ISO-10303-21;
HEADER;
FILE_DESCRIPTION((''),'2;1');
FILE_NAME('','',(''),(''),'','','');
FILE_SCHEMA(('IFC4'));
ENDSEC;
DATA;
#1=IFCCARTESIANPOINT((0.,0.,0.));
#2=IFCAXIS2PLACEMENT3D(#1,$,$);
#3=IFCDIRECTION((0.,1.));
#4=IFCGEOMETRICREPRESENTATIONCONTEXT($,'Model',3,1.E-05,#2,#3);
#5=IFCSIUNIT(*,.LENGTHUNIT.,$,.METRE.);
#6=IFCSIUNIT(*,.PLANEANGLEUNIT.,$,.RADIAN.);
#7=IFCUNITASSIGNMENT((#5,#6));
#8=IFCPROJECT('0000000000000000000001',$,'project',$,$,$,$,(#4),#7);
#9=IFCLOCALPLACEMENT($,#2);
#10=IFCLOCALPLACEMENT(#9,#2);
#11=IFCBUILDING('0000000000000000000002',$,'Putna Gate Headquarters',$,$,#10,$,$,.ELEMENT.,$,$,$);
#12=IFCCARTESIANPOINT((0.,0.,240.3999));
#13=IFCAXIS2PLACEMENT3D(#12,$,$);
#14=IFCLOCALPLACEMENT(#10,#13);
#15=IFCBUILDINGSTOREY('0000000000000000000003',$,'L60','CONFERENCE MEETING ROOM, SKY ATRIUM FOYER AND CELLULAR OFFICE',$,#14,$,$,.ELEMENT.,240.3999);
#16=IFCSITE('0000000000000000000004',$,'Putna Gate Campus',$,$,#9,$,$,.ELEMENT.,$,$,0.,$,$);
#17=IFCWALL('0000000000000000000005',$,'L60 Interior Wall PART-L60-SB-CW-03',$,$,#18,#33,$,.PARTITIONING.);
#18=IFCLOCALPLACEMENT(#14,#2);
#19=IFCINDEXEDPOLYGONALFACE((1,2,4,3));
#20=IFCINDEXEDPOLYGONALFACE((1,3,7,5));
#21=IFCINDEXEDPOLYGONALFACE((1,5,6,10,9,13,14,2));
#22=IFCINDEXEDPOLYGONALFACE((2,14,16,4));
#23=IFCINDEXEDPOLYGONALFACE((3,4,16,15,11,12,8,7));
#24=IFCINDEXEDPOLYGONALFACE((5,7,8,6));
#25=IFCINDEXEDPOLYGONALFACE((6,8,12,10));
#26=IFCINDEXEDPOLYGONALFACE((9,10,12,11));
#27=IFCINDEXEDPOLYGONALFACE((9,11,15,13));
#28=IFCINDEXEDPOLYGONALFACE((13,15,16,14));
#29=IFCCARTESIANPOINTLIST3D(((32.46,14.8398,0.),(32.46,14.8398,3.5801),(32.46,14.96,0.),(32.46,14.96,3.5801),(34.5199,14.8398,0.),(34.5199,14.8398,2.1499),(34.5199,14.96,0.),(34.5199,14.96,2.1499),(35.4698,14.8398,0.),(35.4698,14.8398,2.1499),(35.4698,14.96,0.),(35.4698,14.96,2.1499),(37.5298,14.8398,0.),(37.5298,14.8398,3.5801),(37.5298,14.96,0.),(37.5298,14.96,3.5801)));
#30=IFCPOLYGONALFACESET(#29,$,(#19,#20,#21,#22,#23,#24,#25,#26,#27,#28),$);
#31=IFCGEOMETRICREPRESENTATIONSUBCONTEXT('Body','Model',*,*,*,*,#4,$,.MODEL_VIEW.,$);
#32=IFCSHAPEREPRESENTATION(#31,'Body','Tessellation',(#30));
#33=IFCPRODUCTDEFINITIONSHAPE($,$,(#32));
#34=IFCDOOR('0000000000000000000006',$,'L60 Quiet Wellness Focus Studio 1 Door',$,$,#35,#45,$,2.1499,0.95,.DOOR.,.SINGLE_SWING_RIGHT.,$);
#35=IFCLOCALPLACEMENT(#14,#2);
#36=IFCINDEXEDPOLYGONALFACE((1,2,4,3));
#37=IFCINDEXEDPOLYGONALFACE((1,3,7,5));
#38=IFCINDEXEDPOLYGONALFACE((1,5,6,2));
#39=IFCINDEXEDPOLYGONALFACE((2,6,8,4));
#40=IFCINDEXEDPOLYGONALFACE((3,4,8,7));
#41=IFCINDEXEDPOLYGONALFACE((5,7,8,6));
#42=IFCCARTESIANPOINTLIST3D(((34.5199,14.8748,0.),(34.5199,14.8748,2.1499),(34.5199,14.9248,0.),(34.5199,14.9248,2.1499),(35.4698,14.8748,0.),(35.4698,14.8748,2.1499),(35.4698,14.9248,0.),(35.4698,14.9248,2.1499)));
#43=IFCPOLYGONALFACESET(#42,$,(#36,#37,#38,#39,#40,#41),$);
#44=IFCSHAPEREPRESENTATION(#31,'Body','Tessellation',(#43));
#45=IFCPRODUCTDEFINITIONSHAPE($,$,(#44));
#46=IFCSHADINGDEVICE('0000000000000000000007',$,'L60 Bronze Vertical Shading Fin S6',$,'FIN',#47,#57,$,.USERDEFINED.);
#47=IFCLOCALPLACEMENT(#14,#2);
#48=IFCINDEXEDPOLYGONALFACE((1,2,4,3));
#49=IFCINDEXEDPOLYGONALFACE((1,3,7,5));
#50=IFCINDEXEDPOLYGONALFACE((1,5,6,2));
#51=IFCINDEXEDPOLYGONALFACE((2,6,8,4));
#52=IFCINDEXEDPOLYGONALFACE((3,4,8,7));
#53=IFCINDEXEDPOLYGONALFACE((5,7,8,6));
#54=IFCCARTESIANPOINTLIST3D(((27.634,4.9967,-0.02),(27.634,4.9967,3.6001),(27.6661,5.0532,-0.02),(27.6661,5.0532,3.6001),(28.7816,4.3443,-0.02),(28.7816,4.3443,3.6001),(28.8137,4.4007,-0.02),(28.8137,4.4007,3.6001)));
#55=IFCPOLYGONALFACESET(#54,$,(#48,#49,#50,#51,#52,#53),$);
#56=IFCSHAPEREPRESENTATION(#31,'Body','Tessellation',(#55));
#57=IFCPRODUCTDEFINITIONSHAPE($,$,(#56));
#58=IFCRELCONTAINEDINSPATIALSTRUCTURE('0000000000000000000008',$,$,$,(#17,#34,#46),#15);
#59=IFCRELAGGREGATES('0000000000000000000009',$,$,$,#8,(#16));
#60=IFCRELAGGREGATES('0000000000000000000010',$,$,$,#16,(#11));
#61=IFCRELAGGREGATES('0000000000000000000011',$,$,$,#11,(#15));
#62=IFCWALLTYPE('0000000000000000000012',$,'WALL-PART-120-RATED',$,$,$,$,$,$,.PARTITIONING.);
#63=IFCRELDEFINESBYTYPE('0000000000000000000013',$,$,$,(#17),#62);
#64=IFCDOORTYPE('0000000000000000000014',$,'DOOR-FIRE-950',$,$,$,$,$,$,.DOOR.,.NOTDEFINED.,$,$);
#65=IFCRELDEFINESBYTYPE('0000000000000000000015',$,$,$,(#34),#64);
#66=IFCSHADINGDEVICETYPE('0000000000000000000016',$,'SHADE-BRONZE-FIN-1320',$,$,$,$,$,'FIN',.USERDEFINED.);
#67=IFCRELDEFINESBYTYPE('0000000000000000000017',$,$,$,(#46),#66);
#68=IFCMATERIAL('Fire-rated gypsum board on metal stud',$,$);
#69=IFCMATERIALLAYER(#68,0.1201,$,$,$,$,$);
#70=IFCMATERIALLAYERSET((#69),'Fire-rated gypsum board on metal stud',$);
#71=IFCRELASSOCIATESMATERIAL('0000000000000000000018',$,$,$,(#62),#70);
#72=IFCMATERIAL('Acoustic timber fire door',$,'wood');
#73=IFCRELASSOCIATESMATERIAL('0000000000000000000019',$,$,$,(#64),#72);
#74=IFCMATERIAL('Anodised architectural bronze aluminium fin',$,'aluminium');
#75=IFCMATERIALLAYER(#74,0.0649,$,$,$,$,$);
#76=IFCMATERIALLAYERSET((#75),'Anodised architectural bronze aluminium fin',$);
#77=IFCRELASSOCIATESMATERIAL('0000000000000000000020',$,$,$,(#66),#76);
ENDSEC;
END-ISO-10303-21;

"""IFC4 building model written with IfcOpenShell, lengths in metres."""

from ifc_helpers import new_model, si_unit, direction, frame, frame_2d, origin, origin_2d, place, context, subcontext, project, spatial, rectangle, extrude, material, layer, layer_set, type_object, element, fill, save


model = new_model("IFC4")

# Units and contexts
model_context = context("Model", 3, precision=1e-05, world=origin(), true_north=direction((0.0, 1.0)))
body_context = subcontext(model_context, "Body", "Model", "MODEL_VIEW")
ifc_project = project(units=[si_unit("LENGTHUNIT", "METRE"), si_unit("PLANEANGLEUNIT", "RADIAN")], contexts=[model_context])

# Site, building, storey
site_placement = place(None, origin())
site = spatial("IfcSite", under=ifc_project, at=site_placement, Name="Putna Gate Campus", CompositionType="ELEMENT", RefElevation=0.0)
building_placement = place(site_placement, origin())
building = spatial("IfcBuilding", under=site, at=building_placement, Name="Putna Gate Headquarters", CompositionType="ELEMENT")
storey_placement = place(building_placement, frame((0.0, 0.0, 240.3999)))
storey = spatial("IfcBuildingStorey", under=building, at=storey_placement, Name="L60", Description="CONFERENCE MEETING ROOM, SKY ATRIUM FOYER AND CELLULAR OFFICE", CompositionType="ELEMENT", Elevation=240.3999)

# Wall, opening, door
ifc_material_1 = material(Name="Fire-rated gypsum board on metal stud")
ifc_layer_1 = layer(ifc_material_1, 0.1201)
ifc_layer_set_1 = layer_set([ifc_layer_1], Name="Fire-rated gypsum board on metal stud")
wall_type_1 = type_object("IfcWallType", Name="WALL-PART-120-RATED", PredefinedType="PARTITIONING", material=ifc_layer_set_1)
ifc_material_2 = material(Name="Acoustic timber fire door", Category="wood")
door_type = type_object("IfcDoorType", Name="DOOR-FIRE-950", OperationType="NOTDEFINED", PredefinedType="DOOR", material=ifc_material_2)
wall_1_placement = place(storey_placement, frame((32.46, 14.8999, 0.0), z_axis=(0.0, 0.0, 1.0), x_axis=(1.0, 0.0, 0.0)))
wall_1 = element("IfcWall", 1, at=wall_1_placement, inside=storey, type_object=wall_type_1, Name="L60 Interior Wall PART-L60-SB-CW-03", PredefinedType="PARTITIONING", context=body_context, shape_type="SweptSolid", body=[
    extrude(rectangle(XDim=5.0698, YDim=0.1201, at=frame_2d((2.5349, 0.0))), origin(), (0.0, 0.0, 1.0), 3.5801),
])
opening_1_placement = place(wall_1_placement, frame((2.0598, 0.0, 0.0)))
opening_1 = element("IfcOpeningElement", 2, at=opening_1_placement, cuts=wall_1, PredefinedType="OPENING", context=body_context, shape_type="SweptSolid", body=[
    extrude(rectangle(XDim=0.95, YDim=2.1499, at=frame_2d((0.4751, 1.075))), frame((0.0, 0.0701, 0.0), z_axis=(0.0, -1.0, 0.0), x_axis=(1.0, 0.0, 0.0)), (0.0, 0.0, 1.0), 0.1401),
])
door_1_placement = place(opening_1_placement, origin())
door_1 = element("IfcDoor", 3, at=door_1_placement, inside=storey, type_object=door_type, Name="L60 Quiet Wellness Focus Studio 1 Door", OperationType="SINGLE_SWING_RIGHT", OverallHeight=2.1499, OverallWidth=0.95, PredefinedType="DOOR", context=body_context, shape_type="SweptSolid", body=[
    extrude(rectangle(XDim=0.95, YDim=2.1499, at=frame_2d((0.4751, 1.075))), frame((0.0, 0.0249, 0.0), z_axis=(0.0, -1.0, 0.0), x_axis=(1.0, 0.0, 0.0)), (0.0, 0.0, 1.0), 0.05),
])
fill(opening_1, door_1)

# Shading device
ifc_material_3 = material(Name="Anodised architectural bronze aluminium fin", Category="aluminium")
ifc_layer_2 = layer(ifc_material_3, 0.0649)
ifc_layer_set_2 = layer_set([ifc_layer_2], Name="Anodised architectural bronze aluminium fin")
shading_device_type = type_object("IfcShadingDeviceType", Name="SHADE-BRONZE-FIN-1320", ElementType="FIN", PredefinedType="USERDEFINED", material=ifc_layer_set_2)
shading_device_placement = place(storey_placement, frame((28.2239, 4.6987, -0.02), z_axis=(0.0, 0.0, 1.0), x_axis=(0.869322, -0.494245, 0.0)))
element("IfcShadingDevice", 4, at=shading_device_placement, inside=storey, type_object=shading_device_type, Name="L60 Bronze Vertical Shading Fin S6", ObjectType="FIN", PredefinedType="USERDEFINED", context=body_context, shape_type="SweptSolid", body=[
    extrude(rectangle(XDim=1.3201, YDim=0.0649, at=origin_2d()), origin(), (0.0, 0.0, 1.0), 3.6201),
])

save(model, "model.ifc")
